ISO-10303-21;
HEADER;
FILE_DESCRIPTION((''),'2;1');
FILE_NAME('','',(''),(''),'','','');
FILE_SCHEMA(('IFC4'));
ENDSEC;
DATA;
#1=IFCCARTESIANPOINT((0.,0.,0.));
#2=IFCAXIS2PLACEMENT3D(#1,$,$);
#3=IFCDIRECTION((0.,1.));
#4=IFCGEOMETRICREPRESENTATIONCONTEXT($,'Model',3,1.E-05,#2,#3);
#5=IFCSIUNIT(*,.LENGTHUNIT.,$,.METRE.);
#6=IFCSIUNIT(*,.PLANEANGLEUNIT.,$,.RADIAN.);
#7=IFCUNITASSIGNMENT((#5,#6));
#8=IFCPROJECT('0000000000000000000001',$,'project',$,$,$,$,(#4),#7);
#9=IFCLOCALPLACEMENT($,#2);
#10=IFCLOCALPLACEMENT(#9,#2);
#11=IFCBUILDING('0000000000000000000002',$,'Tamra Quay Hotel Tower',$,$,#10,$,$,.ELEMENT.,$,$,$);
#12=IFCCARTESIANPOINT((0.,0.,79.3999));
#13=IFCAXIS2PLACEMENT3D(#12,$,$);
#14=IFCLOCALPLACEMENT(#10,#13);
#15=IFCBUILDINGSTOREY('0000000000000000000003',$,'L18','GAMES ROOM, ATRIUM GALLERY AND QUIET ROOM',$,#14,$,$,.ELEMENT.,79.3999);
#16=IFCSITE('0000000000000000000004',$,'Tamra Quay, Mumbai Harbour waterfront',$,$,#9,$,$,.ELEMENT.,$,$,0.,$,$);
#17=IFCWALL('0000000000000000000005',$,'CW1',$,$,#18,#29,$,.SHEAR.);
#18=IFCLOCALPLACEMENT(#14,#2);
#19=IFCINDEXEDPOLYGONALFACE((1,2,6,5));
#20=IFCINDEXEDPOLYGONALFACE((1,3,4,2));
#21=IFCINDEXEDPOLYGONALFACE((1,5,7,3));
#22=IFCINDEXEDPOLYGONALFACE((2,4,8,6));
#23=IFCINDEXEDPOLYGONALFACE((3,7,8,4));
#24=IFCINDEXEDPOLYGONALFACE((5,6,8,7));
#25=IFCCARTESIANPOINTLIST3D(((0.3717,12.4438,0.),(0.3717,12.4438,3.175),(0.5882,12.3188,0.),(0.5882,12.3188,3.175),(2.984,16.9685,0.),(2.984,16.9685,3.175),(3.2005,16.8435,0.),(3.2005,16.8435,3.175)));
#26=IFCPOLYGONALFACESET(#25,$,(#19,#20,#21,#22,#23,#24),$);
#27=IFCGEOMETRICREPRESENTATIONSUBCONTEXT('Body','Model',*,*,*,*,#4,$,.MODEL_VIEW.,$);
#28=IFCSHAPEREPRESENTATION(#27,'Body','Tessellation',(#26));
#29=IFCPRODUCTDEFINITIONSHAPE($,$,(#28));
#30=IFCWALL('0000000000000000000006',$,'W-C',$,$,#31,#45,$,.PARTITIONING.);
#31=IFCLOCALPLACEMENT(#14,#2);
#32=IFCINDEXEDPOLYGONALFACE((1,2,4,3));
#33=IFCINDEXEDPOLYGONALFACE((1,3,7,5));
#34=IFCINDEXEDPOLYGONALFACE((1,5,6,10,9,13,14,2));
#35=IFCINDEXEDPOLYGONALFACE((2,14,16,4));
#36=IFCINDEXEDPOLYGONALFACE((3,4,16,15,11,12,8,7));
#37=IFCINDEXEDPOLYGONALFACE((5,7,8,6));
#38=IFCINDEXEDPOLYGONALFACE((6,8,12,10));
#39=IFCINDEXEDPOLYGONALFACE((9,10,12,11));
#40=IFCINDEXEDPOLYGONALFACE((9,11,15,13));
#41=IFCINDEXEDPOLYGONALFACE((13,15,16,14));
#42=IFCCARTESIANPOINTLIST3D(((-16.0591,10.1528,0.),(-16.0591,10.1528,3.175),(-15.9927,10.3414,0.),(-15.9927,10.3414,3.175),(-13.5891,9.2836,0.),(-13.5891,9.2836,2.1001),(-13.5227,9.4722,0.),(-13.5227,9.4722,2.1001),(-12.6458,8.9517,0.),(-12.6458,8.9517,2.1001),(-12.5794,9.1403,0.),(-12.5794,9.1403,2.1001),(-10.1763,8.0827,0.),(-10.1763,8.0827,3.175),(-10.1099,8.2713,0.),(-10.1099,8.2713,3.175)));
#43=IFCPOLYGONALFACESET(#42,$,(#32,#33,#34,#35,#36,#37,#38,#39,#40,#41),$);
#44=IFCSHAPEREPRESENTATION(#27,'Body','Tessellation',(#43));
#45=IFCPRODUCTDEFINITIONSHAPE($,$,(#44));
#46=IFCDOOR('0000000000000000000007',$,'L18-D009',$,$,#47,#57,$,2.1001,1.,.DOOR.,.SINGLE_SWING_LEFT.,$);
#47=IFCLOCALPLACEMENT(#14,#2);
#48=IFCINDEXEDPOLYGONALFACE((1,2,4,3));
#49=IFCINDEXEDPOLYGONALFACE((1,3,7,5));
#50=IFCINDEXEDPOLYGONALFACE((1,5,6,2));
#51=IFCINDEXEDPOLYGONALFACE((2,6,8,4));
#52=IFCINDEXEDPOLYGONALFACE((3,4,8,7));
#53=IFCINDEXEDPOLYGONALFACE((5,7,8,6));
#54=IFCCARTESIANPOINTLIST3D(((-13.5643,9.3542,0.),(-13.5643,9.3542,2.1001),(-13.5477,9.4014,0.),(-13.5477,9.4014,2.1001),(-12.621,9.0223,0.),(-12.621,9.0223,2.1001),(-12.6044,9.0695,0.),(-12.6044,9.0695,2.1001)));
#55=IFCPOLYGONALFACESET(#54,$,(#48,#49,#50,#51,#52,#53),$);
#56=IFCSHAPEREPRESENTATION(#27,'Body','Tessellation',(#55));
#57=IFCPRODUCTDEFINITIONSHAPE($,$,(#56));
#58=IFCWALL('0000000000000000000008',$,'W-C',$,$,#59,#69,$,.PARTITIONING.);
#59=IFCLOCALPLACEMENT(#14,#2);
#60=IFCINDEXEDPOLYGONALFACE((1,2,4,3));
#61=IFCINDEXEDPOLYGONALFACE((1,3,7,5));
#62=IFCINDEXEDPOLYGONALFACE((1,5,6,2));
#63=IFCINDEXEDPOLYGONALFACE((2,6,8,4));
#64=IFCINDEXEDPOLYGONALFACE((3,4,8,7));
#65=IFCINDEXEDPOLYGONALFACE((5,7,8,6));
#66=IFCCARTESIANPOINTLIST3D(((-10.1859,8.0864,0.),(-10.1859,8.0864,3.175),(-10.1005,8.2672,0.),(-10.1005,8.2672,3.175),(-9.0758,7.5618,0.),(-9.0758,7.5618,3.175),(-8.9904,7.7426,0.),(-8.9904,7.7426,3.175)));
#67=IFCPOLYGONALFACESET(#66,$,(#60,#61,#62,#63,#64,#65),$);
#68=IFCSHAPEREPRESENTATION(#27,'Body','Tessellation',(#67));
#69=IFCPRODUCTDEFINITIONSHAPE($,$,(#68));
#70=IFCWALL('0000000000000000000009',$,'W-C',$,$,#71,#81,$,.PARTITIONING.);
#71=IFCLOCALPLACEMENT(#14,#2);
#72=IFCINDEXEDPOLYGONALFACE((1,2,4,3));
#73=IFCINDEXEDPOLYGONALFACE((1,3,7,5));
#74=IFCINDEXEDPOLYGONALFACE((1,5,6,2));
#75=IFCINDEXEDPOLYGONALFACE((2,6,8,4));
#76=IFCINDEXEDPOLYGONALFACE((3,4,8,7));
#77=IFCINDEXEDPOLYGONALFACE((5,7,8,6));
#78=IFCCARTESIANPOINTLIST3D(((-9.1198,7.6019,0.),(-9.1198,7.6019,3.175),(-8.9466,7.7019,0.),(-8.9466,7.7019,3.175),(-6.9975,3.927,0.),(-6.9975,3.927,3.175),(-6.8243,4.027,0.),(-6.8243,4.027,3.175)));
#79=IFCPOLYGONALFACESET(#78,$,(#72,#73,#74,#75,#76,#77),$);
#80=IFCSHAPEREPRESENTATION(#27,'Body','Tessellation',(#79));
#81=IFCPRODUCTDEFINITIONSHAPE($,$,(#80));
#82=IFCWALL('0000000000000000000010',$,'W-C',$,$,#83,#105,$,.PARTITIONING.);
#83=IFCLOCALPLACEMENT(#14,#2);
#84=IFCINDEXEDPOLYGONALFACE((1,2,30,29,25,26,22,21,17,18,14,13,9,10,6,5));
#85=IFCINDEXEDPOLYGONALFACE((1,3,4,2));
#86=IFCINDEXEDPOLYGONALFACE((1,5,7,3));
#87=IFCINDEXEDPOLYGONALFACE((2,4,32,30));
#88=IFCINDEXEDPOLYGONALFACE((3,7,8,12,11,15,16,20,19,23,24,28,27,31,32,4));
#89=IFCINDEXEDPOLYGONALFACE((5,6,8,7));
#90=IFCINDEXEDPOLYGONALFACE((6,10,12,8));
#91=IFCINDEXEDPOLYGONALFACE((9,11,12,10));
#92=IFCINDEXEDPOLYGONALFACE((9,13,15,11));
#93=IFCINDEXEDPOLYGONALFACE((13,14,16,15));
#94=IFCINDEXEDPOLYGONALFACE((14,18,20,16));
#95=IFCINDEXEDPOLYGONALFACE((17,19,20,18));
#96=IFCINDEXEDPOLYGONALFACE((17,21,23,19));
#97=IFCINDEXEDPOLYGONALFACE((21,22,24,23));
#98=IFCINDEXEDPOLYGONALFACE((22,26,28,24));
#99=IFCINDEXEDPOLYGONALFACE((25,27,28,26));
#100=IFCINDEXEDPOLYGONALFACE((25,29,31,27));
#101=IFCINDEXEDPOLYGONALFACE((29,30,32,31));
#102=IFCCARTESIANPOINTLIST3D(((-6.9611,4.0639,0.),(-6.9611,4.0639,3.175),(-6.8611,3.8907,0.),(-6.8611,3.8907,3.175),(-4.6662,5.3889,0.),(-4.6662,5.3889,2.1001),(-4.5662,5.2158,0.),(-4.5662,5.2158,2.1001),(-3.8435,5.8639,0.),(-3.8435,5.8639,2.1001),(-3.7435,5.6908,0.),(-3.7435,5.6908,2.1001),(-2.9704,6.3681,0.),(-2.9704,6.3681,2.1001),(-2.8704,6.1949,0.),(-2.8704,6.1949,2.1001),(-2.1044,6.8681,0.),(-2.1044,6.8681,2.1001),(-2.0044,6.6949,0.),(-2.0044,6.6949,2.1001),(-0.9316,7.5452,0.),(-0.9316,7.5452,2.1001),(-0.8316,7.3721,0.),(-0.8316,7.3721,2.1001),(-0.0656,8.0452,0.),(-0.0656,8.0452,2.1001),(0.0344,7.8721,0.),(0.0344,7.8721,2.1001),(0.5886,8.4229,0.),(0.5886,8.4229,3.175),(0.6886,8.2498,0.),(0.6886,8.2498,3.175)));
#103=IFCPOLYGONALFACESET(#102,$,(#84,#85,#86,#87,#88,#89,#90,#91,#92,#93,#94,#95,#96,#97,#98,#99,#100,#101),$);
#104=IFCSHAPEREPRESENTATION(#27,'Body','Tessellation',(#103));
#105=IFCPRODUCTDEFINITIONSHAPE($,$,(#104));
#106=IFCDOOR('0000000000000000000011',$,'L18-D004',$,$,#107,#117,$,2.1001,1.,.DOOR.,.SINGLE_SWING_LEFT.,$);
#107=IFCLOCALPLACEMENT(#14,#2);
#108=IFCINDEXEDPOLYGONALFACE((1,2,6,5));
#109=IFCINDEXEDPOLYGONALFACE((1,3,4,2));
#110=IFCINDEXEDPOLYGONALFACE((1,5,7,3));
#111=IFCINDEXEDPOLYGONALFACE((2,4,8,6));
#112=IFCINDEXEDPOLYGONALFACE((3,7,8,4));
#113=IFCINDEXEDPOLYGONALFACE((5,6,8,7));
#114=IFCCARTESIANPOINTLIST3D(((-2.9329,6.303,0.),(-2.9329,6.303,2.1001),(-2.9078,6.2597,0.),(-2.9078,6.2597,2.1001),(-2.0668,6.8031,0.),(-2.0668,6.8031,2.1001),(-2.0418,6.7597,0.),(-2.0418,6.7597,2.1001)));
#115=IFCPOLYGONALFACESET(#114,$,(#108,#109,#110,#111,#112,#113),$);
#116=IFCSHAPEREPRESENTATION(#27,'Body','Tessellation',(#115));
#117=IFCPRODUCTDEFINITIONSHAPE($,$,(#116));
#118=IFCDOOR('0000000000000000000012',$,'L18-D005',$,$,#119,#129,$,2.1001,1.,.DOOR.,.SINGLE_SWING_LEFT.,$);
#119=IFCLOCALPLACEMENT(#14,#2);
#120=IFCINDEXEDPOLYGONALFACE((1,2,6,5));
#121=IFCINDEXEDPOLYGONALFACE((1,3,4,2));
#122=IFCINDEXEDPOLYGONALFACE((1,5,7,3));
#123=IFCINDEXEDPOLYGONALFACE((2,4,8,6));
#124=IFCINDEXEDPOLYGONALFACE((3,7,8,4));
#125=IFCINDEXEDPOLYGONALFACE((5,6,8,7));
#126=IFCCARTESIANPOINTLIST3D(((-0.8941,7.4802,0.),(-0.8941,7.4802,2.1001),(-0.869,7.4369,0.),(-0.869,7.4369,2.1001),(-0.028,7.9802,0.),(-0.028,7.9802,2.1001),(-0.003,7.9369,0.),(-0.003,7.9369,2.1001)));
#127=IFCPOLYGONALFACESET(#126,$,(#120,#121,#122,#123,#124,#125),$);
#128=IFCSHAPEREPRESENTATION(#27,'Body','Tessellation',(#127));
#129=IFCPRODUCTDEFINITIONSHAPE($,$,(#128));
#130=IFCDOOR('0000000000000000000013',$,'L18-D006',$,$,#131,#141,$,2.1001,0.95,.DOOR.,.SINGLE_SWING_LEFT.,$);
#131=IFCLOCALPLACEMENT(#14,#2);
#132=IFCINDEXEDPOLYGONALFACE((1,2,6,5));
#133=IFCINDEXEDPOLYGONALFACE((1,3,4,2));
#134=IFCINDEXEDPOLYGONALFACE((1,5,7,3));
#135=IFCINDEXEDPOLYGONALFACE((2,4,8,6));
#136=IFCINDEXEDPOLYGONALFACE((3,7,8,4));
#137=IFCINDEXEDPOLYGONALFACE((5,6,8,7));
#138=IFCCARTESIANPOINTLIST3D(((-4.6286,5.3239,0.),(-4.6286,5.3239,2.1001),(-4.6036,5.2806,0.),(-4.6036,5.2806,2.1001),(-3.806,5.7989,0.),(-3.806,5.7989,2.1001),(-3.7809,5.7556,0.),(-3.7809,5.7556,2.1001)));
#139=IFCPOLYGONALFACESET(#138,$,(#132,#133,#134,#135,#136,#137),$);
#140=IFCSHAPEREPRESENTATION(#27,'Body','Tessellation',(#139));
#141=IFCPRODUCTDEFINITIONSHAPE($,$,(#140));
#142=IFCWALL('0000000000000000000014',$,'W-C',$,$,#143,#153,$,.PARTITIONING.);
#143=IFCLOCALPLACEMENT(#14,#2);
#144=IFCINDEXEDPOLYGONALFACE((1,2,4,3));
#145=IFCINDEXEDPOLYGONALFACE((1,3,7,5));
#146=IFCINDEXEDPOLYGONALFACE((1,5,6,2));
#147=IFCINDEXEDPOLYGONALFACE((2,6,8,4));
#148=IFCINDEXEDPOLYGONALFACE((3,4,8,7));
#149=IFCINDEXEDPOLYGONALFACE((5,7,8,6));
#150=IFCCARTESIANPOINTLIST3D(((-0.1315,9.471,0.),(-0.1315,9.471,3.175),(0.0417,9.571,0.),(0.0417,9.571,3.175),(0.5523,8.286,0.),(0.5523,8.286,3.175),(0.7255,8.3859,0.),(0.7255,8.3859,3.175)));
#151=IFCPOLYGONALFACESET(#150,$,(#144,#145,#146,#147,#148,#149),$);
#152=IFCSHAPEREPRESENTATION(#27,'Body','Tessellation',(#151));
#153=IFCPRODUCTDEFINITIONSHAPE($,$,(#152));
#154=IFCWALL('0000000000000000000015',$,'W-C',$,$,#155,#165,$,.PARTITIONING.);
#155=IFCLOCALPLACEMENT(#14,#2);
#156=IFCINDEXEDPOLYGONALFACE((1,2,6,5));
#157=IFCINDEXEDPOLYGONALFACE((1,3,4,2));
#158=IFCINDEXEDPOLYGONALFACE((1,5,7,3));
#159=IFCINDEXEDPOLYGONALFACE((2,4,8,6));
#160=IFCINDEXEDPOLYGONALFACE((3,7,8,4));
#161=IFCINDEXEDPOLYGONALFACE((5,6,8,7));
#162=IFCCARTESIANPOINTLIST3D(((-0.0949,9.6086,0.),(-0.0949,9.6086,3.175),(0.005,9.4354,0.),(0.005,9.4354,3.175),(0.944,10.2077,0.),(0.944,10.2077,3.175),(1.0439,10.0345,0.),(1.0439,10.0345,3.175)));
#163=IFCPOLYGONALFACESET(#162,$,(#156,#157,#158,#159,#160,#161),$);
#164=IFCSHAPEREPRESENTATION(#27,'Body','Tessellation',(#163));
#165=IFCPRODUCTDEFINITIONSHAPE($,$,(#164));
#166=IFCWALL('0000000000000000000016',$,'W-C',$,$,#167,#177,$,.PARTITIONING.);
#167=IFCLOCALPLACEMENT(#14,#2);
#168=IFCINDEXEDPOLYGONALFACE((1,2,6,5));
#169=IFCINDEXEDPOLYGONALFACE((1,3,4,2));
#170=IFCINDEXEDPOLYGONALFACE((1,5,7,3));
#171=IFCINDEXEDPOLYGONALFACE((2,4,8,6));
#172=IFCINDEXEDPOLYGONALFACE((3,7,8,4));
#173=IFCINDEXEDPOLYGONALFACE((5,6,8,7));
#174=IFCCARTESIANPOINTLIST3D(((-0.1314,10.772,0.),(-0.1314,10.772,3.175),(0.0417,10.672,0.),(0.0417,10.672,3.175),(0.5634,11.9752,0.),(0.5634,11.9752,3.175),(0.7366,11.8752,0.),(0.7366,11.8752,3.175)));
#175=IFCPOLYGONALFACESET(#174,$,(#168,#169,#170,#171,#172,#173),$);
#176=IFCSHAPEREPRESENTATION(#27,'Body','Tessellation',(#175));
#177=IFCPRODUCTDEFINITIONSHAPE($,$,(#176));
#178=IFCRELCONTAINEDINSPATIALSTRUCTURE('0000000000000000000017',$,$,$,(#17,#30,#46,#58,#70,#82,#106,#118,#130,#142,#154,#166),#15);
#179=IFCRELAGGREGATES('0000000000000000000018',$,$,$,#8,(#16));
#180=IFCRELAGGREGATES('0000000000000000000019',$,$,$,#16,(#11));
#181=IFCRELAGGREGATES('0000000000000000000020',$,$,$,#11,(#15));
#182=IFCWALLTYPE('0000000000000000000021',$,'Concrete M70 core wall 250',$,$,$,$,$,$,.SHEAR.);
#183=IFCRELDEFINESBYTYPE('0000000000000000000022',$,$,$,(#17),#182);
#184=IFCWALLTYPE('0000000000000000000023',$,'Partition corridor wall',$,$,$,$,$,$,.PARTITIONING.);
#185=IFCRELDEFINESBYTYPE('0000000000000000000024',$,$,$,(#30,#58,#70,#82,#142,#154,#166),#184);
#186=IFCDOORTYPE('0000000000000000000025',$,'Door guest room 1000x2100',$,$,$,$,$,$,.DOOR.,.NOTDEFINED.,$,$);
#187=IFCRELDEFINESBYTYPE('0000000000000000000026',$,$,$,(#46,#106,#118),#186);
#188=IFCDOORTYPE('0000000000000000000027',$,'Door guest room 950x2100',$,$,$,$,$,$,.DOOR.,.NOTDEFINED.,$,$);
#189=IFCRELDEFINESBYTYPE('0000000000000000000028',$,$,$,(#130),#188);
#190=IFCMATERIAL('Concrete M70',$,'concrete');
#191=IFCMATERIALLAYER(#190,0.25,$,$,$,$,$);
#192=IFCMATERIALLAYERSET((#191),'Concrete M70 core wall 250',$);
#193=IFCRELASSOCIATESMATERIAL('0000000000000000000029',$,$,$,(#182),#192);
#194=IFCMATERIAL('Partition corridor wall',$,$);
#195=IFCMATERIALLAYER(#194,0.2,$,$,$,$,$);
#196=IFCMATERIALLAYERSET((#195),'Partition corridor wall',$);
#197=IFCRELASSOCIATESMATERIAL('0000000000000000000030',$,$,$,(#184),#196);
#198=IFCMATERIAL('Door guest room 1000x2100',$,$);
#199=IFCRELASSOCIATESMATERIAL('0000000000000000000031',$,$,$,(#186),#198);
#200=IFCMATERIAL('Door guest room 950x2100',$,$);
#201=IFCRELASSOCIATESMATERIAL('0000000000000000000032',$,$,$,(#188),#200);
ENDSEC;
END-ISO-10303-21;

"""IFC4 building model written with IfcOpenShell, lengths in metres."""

from ifc_helpers import new_model, si_unit, direction, frame, frame_2d, origin, place, context, subcontext, project, spatial, rectangle, extrude, material, layer, layer_set, type_object, element, fill, save


model = new_model("IFC4")

# Units and contexts
model_context = context("Model", 3, precision=1e-05, world=origin(), true_north=direction((0.0, 1.0)))
body_context = subcontext(model_context, "Body", "Model", "MODEL_VIEW")
ifc_project = project(units=[si_unit("LENGTHUNIT", "METRE"), si_unit("PLANEANGLEUNIT", "RADIAN")], contexts=[model_context])

# Site, building, storey
site_placement = place(None, origin())
site = spatial("IfcSite", under=ifc_project, at=site_placement, Name="Tamra Quay, Mumbai Harbour waterfront", CompositionType="ELEMENT", RefElevation=0.0)
building_placement = place(site_placement, origin())
building = spatial("IfcBuilding", under=site, at=building_placement, Name="Tamra Quay Hotel Tower", CompositionType="ELEMENT")
storey_placement = place(building_placement, frame((0.0, 0.0, 79.3999)))
storey = spatial("IfcBuildingStorey", under=building, at=storey_placement, Name="L18", Description="GAMES ROOM, ATRIUM GALLERY AND QUIET ROOM", CompositionType="ELEMENT", Elevation=79.3999)

# Shared definitions
ifc_material_1 = material(Name="Concrete M70", Category="concrete")

# Shared definitions
ifc_layer_1 = layer(ifc_material_1, 0.25)
ifc_layer_set_1 = layer_set([ifc_layer_1], Name="Concrete M70 core wall 250")
wall_type_1 = type_object("IfcWallType", Name="Concrete M70 core wall 250", PredefinedType="SHEAR", material=ifc_layer_set_1)

# Wall
wall_1_placement = place(storey_placement, frame((0.48, 12.3813, 0.0), z_axis=(0.0, 0.0, 1.0), x_axis=(0.499999, 0.866026, 0.0)))
element("IfcWall", 1, at=wall_1_placement, inside=storey, type_object=wall_type_1, Name="CW1", PredefinedType="SHEAR", context=body_context, shape_type="SweptSolid", body=[
    extrude(rectangle(XDim=5.2246, YDim=0.25, at=frame_2d((2.6123, 0.0))), origin(), (0.0, 0.0, 1.0), 3.175),
])

# Wall, opening, door
ifc_material_2 = material(Name="Partition corridor wall")
ifc_layer_2 = layer(ifc_material_2, 0.2)
ifc_layer_set_2 = layer_set([ifc_layer_2], Name="Partition corridor wall")
wall_type_2 = type_object("IfcWallType", Name="Partition corridor wall", PredefinedType="PARTITIONING", material=ifc_layer_set_2)
wall_2_placement = place(storey_placement, frame((-16.0259, 10.2471, 0.0), z_axis=(0.0, 0.0, 1.0), x_axis=(0.943303, -0.331933, 0.0)))
wall_2 = element("IfcWall", 2, at=wall_2_placement, inside=storey, type_object=wall_type_2, Name="W-C", PredefinedType="PARTITIONING", context=body_context, shape_type="SweptSolid", body=[
    extrude(rectangle(XDim=6.2363, YDim=0.2, at=frame_2d((3.1182, 0.0))), origin(), (0.0, 0.0, 1.0), 3.175),
])
opening_1_placement = place(wall_2_placement, frame((2.6184, 0.0, 0.0)))
opening_1 = element("IfcOpeningElement", 3, at=opening_1_placement, cuts=wall_2, PredefinedType="OPENING", context=body_context, shape_type="SweptSolid", body=[
    extrude(rectangle(XDim=1.0, YDim=2.1001, at=frame_2d((0.5, 1.05))), frame((0.0, 0.1099, 0.0), z_axis=(0.0, -1.0, 0.0), x_axis=(1.0, 0.0, 0.0)), (0.0, 0.0, 1.0), 0.22),
])
ifc_material_3 = material(Name="Door guest room 1000x2100")
door_type_1 = type_object("IfcDoorType", Name="Door guest room 1000x2100", OperationType="NOTDEFINED", PredefinedType="DOOR", material=ifc_material_3)
door_1_placement = place(opening_1_placement, origin())
door_1 = element("IfcDoor", 4, at=door_1_placement, inside=storey, type_object=door_type_1, Name="L18-D009", OperationType="SINGLE_SWING_LEFT", OverallHeight=2.1001, OverallWidth=1.0, PredefinedType="DOOR", context=body_context, shape_type="SweptSolid", body=[
    extrude(rectangle(XDim=1.0, YDim=2.1001, at=frame_2d((0.5, 1.05))), frame((0.0, 0.0249, 0.0), z_axis=(0.0, -1.0, 0.0), x_axis=(1.0, 0.0, 0.0)), (0.0, 0.0, 1.0), 0.05),
])
fill(opening_1, door_1)

# Walls
wall_3_placement = place(storey_placement, frame((-10.1431, 8.1768, 0.0), z_axis=(0.0, 0.0, 1.0), x_axis=(0.90411, -0.4273, 0.0)))
element("IfcWall", 5, at=wall_3_placement, inside=storey, type_object=wall_type_2, Name="W-C", PredefinedType="PARTITIONING", context=body_context, shape_type="SweptSolid", body=[
    extrude(rectangle(XDim=1.2278, YDim=0.2, at=frame_2d((0.6138, 0.0))), origin(), (0.0, 0.0, 1.0), 3.175),
])
wall_4_placement = place(storey_placement, frame((-9.0332, 7.6519, 0.0), z_axis=(0.0, 0.0, 1.0), x_axis=(0.500118, -0.865958, 0.0)))
element("IfcWall", 6, at=wall_4_placement, inside=storey, type_object=wall_type_2, Name="W-C", PredefinedType="PARTITIONING", context=body_context, shape_type="SweptSolid", body=[
    extrude(rectangle(XDim=4.2437, YDim=0.2, at=frame_2d((2.1218, 0.0))), origin(), (0.0, 0.0, 1.0), 3.175),
])

# Wall, openings, doors
wall_5_placement = place(storey_placement, frame((-6.9111, 3.9773, 0.0), z_axis=(0.0, 0.0, 1.0), x_axis=(0.866013, 0.500021, 0.0)))
wall_5 = element("IfcWall", 7, at=wall_5_placement, inside=storey, type_object=wall_type_2, Name="W-C", PredefinedType="PARTITIONING", context=body_context, shape_type="SweptSolid", body=[
    extrude(rectangle(XDim=8.7178, YDim=0.2, at=frame_2d((4.3589, 0.0))), origin(), (0.0, 0.0, 1.0), 3.175),
])
opening_2_placement = place(wall_5_placement, frame((4.6082, 0.0, 0.0)))
opening_2 = element("IfcOpeningElement", 8, at=opening_2_placement, cuts=wall_5, PredefinedType="OPENING", context=body_context, shape_type="SweptSolid", body=[
    extrude(rectangle(XDim=1.0, YDim=2.1001, at=frame_2d((0.5, 1.05))), frame((0.0, 0.1099, 0.0), z_axis=(0.0, -1.0, 0.0), x_axis=(1.0, 0.0, 0.0)), (0.0, 0.0, 1.0), 0.22),
])
opening_3_placement = place(wall_5_placement, frame((6.9624, 0.0, 0.0)))
opening_3 = element("IfcOpeningElement", 9, at=opening_3_placement, cuts=wall_5, PredefinedType="OPENING", context=body_context, shape_type="SweptSolid", body=[
    extrude(rectangle(XDim=1.0, YDim=2.1001, at=frame_2d((0.5, 1.05))), frame((0.0, 0.1099, 0.0), z_axis=(0.0, -1.0, 0.0), x_axis=(1.0, 0.0, 0.0)), (0.0, 0.0, 1.0), 0.22),
])
opening_4_placement = place(wall_5_placement, frame((2.6499, 0.0, 0.0)))
opening_4 = element("IfcOpeningElement", 10, at=opening_4_placement, cuts=wall_5, PredefinedType="OPENING", context=body_context, shape_type="SweptSolid", body=[
    extrude(rectangle(XDim=0.95, YDim=2.1001, at=frame_2d((0.4751, 1.05))), frame((0.0, 0.1099, 0.0), z_axis=(0.0, -1.0, 0.0), x_axis=(1.0, 0.0, 0.0)), (0.0, 0.0, 1.0), 0.22),
])
door_2_placement = place(opening_2_placement, origin())
door_2 = element("IfcDoor", 11, at=door_2_placement, inside=storey, type_object=door_type_1, Name="L18-D004", OperationType="SINGLE_SWING_LEFT", OverallHeight=2.1001, OverallWidth=1.0, PredefinedType="DOOR", context=body_context, shape_type="SweptSolid", body=[
    extrude(rectangle(XDim=1.0, YDim=2.1001, at=frame_2d((0.5, 1.05))), frame((0.0, 0.0249, 0.0), z_axis=(0.0, -1.0, 0.0), x_axis=(1.0, 0.0, 0.0)), (0.0, 0.0, 1.0), 0.05),
])
fill(opening_2, door_2)
door_3_placement = place(opening_3_placement, origin())
door_3 = element("IfcDoor", 12, at=door_3_placement, inside=storey, type_object=door_type_1, Name="L18-D005", OperationType="SINGLE_SWING_LEFT", OverallHeight=2.1001, OverallWidth=1.0, PredefinedType="DOOR", context=body_context, shape_type="SweptSolid", body=[
    extrude(rectangle(XDim=1.0, YDim=2.1001, at=frame_2d((0.5, 1.05))), frame((0.0, 0.0249, 0.0), z_axis=(0.0, -1.0, 0.0), x_axis=(1.0, 0.0, 0.0)), (0.0, 0.0, 1.0), 0.05),
])
fill(opening_3, door_3)
ifc_material_4 = material(Name="Door guest room 950x2100")
door_type_2 = type_object("IfcDoorType", Name="Door guest room 950x2100", OperationType="NOTDEFINED", PredefinedType="DOOR", material=ifc_material_4)
door_4_placement = place(opening_4_placement, origin())
door_4 = element("IfcDoor", 13, at=door_4_placement, inside=storey, type_object=door_type_2, Name="L18-D006", OperationType="SINGLE_SWING_LEFT", OverallHeight=2.1001, OverallWidth=0.95, PredefinedType="DOOR", context=body_context, shape_type="SweptSolid", body=[
    extrude(rectangle(XDim=0.95, YDim=2.1001, at=frame_2d((0.4751, 1.05))), frame((0.0, 0.0249, 0.0), z_axis=(0.0, -1.0, 0.0), x_axis=(1.0, 0.0, 0.0)), (0.0, 0.0, 1.0), 0.05),
])
fill(opening_4, door_4)

# Walls
wall_6_placement = place(storey_placement, frame((-0.0449, 9.521, 0.0), z_axis=(0.0, 0.0, 1.0), x_axis=(0.499805, -0.866138, 0.0)))
element("IfcWall", 14, at=wall_6_placement, inside=storey, type_object=wall_type_2, Name="W-C", PredefinedType="PARTITIONING", context=body_context, shape_type="SweptSolid", body=[
    extrude(rectangle(XDim=1.3682, YDim=0.2, at=frame_2d((0.6841, 0.0))), origin(), (0.0, 0.0, 1.0), 3.175),
])
wall_7_placement = place(storey_placement, frame((-0.0449, 9.522, 0.0), z_axis=(0.0, 0.0, 1.0), x_axis=(0.866257, 0.499599, 0.0)))
element("IfcWall", 15, at=wall_7_placement, inside=storey, type_object=wall_type_2, Name="W-C", PredefinedType="PARTITIONING", context=body_context, shape_type="SweptSolid", body=[
    extrude(rectangle(XDim=1.1992, YDim=0.2, at=frame_2d((0.5996, 0.0))), origin(), (0.0, 0.0, 1.0), 3.175),
])
wall_8_placement = place(storey_placement, frame((-0.0449, 10.7219, 0.0), z_axis=(0.0, 0.0, 1.0), x_axis=(0.500108, 0.865963, 0.0)))
element("IfcWall", 16, at=wall_8_placement, inside=storey, type_object=wall_type_2, Name="W-C", PredefinedType="PARTITIONING", context=body_context, shape_type="SweptSolid", body=[
    extrude(rectangle(XDim=1.3894, YDim=0.2, at=frame_2d((0.6948, 0.0))), origin(), (0.0, 0.0, 1.0), 3.175),
])

save(model, "model.ifc")
